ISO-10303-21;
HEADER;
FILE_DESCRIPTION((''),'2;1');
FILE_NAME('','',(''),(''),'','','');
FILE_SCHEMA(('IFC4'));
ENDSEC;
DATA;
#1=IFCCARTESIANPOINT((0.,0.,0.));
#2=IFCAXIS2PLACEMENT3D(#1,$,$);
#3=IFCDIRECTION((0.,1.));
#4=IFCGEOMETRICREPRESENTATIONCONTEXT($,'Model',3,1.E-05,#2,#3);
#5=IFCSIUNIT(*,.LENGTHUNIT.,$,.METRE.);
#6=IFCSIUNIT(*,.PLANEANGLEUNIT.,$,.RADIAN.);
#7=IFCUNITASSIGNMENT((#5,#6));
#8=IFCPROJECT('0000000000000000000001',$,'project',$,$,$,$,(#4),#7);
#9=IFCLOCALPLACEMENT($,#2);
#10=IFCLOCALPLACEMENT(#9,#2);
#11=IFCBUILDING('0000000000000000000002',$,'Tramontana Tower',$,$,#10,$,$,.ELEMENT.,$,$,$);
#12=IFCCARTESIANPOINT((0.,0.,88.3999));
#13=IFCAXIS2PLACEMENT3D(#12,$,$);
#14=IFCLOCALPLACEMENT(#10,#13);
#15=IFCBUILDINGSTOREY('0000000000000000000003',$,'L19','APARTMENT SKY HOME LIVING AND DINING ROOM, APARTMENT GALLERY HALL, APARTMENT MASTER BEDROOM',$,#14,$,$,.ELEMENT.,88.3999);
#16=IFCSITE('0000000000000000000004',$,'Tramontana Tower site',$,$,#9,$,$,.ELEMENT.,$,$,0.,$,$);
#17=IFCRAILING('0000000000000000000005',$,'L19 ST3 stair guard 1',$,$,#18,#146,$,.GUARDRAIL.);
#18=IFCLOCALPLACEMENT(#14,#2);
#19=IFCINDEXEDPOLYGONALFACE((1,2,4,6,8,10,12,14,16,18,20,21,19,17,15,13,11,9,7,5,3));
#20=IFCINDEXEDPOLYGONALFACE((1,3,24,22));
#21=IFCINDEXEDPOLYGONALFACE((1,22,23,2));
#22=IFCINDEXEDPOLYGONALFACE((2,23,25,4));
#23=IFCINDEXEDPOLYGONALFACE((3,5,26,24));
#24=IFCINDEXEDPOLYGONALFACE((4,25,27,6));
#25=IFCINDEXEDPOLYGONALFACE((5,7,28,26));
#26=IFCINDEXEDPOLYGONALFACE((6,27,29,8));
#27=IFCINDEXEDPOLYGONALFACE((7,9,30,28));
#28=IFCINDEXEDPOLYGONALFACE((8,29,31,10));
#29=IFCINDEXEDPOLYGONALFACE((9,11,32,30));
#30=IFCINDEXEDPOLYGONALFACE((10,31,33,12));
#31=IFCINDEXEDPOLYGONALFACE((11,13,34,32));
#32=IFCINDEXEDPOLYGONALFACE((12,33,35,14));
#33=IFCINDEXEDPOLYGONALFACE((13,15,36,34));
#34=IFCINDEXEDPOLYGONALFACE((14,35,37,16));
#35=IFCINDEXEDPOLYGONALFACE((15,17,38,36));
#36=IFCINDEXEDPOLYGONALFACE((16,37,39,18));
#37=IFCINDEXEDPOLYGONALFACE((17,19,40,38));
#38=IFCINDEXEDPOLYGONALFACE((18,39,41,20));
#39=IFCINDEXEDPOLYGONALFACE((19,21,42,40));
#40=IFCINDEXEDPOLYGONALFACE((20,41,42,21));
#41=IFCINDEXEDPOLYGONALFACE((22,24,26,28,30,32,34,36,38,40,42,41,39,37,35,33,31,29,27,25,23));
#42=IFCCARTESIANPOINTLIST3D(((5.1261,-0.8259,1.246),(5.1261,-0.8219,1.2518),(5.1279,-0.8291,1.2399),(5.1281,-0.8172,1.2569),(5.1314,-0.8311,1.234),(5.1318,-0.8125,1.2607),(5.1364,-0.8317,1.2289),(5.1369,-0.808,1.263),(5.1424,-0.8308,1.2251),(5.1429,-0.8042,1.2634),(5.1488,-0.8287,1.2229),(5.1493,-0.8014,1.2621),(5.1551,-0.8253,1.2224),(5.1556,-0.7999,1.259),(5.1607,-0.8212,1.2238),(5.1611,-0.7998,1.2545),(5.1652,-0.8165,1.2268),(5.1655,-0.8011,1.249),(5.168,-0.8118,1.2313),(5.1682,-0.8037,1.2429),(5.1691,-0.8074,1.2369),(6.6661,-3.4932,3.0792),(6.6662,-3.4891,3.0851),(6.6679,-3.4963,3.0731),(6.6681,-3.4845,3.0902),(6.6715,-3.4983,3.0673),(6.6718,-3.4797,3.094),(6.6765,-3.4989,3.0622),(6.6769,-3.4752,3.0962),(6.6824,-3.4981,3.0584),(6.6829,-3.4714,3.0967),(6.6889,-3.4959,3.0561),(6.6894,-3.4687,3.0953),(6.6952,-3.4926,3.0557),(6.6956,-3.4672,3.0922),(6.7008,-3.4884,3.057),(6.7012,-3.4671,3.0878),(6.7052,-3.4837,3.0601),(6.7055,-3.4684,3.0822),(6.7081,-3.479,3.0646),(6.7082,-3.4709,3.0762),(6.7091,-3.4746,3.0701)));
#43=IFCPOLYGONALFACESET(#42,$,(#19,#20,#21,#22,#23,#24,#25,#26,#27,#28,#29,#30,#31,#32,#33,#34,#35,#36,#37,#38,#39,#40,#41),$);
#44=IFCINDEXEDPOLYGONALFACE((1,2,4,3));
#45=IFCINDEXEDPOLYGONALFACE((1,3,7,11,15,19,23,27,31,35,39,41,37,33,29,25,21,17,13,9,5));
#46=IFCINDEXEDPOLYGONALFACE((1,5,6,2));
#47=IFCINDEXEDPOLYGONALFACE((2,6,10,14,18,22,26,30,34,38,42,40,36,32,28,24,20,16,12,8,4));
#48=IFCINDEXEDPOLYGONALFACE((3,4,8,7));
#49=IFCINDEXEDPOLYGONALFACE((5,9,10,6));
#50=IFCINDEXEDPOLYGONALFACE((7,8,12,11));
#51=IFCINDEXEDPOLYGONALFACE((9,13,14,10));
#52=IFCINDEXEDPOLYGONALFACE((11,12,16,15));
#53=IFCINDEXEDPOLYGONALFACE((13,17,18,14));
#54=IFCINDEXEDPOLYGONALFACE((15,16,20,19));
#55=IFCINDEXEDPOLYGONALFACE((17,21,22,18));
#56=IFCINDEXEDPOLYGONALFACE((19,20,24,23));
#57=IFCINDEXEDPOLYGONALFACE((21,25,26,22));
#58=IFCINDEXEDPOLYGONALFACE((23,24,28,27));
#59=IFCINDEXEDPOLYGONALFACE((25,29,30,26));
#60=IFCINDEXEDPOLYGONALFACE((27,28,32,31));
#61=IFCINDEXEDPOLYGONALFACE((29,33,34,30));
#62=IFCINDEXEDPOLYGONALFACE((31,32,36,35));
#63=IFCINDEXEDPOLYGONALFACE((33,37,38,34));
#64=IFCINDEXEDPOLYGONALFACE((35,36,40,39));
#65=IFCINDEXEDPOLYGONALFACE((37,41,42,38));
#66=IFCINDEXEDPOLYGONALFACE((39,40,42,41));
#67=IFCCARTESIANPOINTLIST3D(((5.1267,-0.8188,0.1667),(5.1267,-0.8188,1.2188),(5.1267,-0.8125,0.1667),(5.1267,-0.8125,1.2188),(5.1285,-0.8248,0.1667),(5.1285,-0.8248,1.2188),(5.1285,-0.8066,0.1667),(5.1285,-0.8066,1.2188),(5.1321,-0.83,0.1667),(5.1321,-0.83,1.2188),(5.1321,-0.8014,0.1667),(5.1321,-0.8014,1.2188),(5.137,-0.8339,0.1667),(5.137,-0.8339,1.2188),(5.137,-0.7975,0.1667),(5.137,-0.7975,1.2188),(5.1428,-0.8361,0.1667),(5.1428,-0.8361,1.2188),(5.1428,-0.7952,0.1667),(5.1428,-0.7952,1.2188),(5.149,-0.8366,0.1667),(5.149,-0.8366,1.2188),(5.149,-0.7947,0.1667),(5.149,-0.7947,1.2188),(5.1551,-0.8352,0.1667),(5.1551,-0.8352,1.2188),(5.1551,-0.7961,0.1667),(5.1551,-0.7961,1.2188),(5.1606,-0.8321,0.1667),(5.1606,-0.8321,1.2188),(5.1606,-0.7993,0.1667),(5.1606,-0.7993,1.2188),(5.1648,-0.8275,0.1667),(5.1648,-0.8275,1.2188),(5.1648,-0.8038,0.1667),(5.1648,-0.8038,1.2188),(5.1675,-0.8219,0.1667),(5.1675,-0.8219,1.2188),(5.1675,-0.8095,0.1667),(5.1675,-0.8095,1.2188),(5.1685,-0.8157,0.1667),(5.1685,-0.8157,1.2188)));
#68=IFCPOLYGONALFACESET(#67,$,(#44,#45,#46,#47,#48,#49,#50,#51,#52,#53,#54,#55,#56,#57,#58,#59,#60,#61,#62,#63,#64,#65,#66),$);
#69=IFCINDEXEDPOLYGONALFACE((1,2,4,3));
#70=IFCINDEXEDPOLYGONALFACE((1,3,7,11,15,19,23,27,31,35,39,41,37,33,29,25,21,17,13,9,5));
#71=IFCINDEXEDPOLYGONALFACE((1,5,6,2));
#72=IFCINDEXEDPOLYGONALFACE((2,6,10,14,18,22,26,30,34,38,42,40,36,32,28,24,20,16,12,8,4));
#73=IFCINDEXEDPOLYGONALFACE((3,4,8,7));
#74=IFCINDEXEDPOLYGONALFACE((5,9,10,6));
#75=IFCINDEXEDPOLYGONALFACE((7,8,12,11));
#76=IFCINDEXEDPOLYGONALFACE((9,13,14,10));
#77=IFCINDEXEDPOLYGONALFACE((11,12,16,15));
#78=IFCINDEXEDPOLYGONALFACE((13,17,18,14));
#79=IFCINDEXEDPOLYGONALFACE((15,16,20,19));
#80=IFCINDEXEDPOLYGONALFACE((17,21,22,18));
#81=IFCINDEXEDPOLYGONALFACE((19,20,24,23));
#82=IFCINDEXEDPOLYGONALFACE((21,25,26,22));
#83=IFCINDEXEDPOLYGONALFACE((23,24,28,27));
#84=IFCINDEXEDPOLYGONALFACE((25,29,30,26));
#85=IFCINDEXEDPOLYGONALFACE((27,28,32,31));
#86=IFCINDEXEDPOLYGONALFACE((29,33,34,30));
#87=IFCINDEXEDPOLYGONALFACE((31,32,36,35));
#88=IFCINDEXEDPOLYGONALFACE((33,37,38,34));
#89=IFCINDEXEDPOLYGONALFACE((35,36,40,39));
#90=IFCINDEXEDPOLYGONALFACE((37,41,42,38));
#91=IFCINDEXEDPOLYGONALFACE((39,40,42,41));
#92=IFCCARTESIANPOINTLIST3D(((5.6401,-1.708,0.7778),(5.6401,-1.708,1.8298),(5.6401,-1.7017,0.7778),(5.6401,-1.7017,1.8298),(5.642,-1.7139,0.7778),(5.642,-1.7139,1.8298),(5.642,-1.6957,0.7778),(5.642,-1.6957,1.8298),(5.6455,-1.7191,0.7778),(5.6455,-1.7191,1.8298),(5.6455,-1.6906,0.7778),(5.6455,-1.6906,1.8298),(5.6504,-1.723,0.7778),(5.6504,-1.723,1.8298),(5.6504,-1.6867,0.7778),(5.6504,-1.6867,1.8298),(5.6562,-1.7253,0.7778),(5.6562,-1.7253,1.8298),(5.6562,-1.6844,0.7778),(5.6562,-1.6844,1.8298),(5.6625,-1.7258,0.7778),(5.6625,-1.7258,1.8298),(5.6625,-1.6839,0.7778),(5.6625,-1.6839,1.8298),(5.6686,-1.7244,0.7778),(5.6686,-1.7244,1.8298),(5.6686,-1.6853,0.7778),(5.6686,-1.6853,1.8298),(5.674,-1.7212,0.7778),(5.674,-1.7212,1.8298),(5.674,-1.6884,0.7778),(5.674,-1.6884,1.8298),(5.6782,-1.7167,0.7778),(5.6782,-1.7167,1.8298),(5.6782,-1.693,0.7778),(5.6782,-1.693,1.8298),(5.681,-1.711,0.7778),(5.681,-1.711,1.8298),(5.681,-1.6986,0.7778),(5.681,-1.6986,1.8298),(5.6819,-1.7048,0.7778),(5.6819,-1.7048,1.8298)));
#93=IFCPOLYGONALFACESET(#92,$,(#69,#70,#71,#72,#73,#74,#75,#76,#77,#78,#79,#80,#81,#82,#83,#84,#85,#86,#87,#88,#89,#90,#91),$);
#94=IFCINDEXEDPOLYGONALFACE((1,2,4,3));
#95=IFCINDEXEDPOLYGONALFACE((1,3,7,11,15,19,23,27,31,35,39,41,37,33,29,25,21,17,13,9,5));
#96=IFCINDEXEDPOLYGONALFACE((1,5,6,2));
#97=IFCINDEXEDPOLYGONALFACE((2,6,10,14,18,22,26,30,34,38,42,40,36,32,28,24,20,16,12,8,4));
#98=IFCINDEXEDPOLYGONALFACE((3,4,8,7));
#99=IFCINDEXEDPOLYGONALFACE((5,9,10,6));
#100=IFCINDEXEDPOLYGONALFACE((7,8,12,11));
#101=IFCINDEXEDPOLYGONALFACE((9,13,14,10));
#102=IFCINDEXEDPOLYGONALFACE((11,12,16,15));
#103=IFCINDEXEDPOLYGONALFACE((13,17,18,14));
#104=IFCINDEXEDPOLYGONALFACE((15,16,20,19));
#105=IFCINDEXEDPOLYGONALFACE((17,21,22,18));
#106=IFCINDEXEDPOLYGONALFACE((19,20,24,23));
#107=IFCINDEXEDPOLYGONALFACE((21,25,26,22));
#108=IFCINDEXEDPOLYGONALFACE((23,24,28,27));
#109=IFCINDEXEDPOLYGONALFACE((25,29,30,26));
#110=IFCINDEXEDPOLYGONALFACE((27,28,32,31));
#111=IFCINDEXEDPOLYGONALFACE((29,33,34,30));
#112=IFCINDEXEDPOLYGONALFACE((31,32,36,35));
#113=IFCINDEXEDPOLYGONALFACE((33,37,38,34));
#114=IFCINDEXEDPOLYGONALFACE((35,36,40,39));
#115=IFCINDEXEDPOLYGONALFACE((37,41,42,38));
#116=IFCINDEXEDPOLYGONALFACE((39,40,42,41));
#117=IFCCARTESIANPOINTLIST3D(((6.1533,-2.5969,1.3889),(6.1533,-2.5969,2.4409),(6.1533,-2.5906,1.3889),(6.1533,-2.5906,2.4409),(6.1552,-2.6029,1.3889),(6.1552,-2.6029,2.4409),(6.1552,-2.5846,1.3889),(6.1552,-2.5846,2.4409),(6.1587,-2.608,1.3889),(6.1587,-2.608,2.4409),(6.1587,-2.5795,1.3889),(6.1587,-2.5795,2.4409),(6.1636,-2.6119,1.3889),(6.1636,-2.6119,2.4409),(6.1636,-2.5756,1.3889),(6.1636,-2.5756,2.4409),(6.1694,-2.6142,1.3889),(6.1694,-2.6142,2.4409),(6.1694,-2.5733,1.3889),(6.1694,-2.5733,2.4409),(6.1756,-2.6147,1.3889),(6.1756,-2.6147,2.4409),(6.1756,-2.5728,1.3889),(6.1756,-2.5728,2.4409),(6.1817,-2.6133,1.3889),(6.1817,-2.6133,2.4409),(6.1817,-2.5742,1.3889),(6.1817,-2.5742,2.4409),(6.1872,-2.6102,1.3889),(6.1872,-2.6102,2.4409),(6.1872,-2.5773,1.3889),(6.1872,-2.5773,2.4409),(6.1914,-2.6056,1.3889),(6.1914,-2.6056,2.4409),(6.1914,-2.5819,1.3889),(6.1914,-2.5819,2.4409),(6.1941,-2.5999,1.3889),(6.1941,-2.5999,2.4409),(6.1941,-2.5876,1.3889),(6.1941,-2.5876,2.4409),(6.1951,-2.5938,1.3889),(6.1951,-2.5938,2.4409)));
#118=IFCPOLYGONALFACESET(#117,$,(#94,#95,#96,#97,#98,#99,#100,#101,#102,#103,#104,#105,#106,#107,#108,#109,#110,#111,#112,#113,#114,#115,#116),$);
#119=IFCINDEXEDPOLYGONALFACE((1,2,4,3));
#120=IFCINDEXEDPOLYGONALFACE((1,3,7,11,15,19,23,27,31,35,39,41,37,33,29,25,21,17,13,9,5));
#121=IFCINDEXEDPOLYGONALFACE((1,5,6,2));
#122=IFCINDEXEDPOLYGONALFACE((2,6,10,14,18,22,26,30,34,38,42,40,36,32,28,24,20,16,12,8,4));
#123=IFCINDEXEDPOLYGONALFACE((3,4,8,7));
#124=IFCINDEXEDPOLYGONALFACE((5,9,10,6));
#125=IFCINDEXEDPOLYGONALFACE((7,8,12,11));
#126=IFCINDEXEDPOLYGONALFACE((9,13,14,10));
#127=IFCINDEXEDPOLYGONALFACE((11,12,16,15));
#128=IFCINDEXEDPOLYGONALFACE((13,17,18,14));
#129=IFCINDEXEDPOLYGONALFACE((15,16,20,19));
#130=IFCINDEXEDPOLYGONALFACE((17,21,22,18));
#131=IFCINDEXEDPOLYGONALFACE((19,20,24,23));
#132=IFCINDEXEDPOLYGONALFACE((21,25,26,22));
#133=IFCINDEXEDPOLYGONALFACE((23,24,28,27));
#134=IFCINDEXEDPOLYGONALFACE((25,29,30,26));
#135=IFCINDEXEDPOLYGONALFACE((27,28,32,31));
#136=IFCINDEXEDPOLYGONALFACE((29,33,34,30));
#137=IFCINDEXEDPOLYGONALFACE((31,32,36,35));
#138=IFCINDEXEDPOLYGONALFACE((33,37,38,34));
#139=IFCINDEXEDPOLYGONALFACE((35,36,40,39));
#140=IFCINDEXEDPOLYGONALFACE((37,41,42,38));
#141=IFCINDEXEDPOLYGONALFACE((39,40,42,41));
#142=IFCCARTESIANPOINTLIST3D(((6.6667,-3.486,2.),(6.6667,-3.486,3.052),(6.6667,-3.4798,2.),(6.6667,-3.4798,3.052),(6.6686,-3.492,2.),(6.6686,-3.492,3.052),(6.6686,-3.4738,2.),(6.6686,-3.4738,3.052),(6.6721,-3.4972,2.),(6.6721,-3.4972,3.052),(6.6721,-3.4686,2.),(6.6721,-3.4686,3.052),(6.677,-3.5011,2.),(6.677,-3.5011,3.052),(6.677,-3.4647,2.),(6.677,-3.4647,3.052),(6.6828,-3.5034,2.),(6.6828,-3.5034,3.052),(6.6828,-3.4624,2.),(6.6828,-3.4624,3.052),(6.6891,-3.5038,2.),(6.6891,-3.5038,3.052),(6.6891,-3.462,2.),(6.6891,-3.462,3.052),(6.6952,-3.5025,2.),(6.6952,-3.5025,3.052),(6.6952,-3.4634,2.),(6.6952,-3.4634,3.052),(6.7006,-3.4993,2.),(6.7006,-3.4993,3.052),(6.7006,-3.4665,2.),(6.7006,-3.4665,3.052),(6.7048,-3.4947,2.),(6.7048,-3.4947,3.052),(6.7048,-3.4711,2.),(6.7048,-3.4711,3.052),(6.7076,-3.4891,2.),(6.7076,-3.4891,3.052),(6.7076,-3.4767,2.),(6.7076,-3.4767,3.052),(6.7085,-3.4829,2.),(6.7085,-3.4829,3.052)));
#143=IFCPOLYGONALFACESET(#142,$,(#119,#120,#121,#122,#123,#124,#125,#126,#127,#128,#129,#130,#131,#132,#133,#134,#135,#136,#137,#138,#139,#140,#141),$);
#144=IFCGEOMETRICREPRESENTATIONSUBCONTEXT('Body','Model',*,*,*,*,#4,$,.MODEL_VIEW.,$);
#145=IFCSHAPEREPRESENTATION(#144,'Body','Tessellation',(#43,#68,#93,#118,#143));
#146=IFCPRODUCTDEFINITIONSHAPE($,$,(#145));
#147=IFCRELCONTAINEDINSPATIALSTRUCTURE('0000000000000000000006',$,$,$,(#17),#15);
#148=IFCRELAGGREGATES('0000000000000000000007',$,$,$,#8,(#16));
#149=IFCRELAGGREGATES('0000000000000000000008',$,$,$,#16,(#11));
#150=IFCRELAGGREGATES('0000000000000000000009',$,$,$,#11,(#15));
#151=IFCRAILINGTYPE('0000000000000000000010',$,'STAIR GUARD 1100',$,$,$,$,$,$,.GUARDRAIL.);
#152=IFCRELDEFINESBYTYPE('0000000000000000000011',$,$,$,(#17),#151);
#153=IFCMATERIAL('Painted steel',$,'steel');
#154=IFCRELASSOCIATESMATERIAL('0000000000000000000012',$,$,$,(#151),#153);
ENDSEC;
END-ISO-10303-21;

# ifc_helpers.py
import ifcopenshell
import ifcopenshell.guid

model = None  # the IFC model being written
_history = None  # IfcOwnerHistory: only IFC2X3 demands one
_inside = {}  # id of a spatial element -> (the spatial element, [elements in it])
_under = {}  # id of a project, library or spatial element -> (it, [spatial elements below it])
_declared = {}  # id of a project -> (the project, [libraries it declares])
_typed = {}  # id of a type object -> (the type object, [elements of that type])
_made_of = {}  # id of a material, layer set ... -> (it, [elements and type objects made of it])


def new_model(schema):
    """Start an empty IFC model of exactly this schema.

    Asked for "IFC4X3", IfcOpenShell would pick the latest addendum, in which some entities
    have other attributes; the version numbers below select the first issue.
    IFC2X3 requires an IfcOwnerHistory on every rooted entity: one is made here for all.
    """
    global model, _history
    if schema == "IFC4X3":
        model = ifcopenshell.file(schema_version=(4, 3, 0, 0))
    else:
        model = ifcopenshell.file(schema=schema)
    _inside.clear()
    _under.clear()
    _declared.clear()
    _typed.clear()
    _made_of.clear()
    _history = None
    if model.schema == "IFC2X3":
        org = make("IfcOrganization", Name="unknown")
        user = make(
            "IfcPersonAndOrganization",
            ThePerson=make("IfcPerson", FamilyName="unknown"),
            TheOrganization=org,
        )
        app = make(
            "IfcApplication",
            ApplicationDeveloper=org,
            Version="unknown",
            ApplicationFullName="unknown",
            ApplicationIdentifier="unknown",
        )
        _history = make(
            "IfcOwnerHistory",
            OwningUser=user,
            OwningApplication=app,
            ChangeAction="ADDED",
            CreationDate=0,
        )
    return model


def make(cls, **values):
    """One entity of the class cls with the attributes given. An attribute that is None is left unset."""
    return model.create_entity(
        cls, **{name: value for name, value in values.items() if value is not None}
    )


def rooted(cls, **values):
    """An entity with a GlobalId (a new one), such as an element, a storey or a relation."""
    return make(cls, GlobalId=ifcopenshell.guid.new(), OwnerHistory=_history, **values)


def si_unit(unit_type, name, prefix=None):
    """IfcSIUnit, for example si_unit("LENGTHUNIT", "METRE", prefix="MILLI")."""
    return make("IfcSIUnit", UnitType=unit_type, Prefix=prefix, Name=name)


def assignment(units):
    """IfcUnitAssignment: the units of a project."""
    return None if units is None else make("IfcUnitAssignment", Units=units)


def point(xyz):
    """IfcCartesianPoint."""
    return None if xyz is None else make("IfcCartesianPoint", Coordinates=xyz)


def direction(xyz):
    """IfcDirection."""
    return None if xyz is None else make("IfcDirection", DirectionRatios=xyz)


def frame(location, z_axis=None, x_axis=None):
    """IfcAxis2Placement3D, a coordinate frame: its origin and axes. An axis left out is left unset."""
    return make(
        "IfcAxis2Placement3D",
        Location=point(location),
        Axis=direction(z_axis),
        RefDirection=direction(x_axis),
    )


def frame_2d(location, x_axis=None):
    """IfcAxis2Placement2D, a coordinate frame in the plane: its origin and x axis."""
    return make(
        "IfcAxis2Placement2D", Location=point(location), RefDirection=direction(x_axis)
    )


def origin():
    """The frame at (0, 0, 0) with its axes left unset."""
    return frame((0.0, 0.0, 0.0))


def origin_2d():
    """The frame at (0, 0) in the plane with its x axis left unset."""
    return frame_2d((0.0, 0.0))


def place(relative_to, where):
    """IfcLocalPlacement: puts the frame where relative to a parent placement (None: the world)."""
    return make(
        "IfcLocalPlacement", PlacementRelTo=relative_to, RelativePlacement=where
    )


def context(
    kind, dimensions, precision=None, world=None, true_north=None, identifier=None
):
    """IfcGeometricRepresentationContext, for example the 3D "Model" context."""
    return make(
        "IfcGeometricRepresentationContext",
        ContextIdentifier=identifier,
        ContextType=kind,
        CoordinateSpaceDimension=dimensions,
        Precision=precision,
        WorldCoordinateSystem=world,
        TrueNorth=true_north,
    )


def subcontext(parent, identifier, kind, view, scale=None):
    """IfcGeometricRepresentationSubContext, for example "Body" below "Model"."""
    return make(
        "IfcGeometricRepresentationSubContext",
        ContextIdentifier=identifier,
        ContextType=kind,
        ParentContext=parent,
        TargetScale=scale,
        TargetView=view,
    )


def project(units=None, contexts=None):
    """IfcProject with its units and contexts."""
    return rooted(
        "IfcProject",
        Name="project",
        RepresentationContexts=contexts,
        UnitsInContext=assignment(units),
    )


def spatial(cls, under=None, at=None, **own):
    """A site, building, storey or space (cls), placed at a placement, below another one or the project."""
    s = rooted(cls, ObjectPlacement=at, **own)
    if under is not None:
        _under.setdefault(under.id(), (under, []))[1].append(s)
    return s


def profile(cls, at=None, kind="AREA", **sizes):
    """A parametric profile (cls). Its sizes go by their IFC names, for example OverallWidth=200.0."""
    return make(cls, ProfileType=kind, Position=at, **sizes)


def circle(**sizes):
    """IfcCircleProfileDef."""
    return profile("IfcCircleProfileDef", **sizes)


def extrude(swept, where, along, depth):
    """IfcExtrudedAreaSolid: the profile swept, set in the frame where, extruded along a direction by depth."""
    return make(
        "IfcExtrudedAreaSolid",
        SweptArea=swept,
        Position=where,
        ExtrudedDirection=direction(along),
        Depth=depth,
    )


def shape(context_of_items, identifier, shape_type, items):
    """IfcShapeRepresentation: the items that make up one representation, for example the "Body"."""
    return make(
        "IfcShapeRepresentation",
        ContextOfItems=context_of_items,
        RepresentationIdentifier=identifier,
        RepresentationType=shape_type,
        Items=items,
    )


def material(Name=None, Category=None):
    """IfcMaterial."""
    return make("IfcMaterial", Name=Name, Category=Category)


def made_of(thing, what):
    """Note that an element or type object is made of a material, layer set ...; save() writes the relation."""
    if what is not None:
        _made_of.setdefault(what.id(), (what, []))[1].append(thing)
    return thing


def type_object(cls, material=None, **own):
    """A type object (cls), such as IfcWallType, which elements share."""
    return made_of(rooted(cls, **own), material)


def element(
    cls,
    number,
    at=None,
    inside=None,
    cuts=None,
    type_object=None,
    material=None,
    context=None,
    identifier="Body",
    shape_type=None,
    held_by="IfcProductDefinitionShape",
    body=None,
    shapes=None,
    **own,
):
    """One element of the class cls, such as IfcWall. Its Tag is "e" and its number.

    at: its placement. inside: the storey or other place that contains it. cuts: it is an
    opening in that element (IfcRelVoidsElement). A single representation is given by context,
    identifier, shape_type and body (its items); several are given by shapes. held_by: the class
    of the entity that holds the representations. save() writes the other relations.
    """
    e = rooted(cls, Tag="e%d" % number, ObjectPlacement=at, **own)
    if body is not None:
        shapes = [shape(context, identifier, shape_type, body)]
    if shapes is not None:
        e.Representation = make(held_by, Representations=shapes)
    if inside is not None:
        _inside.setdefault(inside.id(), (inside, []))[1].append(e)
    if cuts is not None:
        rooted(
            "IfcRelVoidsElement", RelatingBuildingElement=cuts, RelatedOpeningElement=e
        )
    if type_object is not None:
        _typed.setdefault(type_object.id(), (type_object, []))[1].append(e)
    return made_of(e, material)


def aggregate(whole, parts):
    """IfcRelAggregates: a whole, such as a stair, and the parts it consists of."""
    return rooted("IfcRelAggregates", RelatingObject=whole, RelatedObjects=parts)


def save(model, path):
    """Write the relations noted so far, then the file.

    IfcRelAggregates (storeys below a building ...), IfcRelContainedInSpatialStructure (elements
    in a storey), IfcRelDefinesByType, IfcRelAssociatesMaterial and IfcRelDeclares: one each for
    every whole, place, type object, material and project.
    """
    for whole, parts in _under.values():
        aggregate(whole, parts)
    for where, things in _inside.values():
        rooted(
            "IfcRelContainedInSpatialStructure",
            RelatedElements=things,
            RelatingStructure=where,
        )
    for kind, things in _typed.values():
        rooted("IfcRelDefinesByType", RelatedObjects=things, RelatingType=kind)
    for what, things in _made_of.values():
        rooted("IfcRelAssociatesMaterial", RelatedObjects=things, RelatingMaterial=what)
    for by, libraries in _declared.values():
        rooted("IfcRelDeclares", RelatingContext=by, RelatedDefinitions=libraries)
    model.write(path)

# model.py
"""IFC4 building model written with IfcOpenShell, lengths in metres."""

from ifc_helpers import new_model, si_unit, direction, frame, origin, origin_2d, place, context, subcontext, project, spatial, circle, extrude, material, type_object, element, save


model = new_model("IFC4")

# Units and contexts
model_context = context("Model", 3, precision=1e-05, world=origin(), true_north=direction((0.0, 1.0)))
body_context = subcontext(model_context, "Body", "Model", "MODEL_VIEW")
ifc_project = project(units=[si_unit("LENGTHUNIT", "METRE"), si_unit("PLANEANGLEUNIT", "RADIAN")], contexts=[model_context])

# Site, building, storey
site_placement = place(None, origin())
site = spatial("IfcSite", under=ifc_project, at=site_placement, Name="Tramontana Tower site", CompositionType="ELEMENT", RefElevation=0.0)
building_placement = place(site_placement, origin())
building = spatial("IfcBuilding", under=site, at=building_placement, Name="Tramontana Tower", CompositionType="ELEMENT")
storey_placement = place(building_placement, frame((0.0, 0.0, 88.3999)))
storey = spatial("IfcBuildingStorey", under=building, at=storey_placement, Name="L19", Description="APARTMENT SKY HOME LIVING AND DINING ROOM, APARTMENT GALLERY HALL, APARTMENT MASTER BEDROOM", CompositionType="ELEMENT", Elevation=88.3999)

# Railing
ifc_material_1 = material(Name="Painted steel", Category="steel")
railing_type_1 = type_object("IfcRailingType", Name="STAIR GUARD 1100", PredefinedType="GUARDRAIL", material=ifc_material_1)
railing_1_placement = place(storey_placement, frame((5.1475, -0.8157, 0.1667)))
element("IfcRailing", 1, at=railing_1_placement, inside=storey, type_object=railing_type_1, Name="L19 ST3 stair guard 1", PredefinedType="GUARDRAIL", context=body_context, shape_type="SweptSolid", body=[
    extrude(circle(Radius=0.0239, at=origin_2d()), frame((0.0, 0.0, 1.0762), z_axis=(0.429671, -0.744159, 0.511478), x_axis=(0.86601, 0.500027, 0.0)), (0.0, 0.0, 1.0), 3.5842),
    extrude(circle(Radius=0.021, at=origin_2d()), origin(), (0.0, 0.0, 1.0), 1.052),
    extrude(circle(Radius=0.021, at=origin_2d()), frame((0.5134, -0.8892, 0.6111)), (0.0, 0.0, 1.0), 1.052),
    extrude(circle(Radius=0.021, at=origin_2d()), frame((1.0266, -1.7781, 1.2222)), (0.0, 0.0, 1.0), 1.052),
    extrude(circle(Radius=0.021, at=origin_2d()), frame((1.54, -2.6672, 1.8333)), (0.0, 0.0, 1.0), 1.052),
])

save(model, "model.ifc")
